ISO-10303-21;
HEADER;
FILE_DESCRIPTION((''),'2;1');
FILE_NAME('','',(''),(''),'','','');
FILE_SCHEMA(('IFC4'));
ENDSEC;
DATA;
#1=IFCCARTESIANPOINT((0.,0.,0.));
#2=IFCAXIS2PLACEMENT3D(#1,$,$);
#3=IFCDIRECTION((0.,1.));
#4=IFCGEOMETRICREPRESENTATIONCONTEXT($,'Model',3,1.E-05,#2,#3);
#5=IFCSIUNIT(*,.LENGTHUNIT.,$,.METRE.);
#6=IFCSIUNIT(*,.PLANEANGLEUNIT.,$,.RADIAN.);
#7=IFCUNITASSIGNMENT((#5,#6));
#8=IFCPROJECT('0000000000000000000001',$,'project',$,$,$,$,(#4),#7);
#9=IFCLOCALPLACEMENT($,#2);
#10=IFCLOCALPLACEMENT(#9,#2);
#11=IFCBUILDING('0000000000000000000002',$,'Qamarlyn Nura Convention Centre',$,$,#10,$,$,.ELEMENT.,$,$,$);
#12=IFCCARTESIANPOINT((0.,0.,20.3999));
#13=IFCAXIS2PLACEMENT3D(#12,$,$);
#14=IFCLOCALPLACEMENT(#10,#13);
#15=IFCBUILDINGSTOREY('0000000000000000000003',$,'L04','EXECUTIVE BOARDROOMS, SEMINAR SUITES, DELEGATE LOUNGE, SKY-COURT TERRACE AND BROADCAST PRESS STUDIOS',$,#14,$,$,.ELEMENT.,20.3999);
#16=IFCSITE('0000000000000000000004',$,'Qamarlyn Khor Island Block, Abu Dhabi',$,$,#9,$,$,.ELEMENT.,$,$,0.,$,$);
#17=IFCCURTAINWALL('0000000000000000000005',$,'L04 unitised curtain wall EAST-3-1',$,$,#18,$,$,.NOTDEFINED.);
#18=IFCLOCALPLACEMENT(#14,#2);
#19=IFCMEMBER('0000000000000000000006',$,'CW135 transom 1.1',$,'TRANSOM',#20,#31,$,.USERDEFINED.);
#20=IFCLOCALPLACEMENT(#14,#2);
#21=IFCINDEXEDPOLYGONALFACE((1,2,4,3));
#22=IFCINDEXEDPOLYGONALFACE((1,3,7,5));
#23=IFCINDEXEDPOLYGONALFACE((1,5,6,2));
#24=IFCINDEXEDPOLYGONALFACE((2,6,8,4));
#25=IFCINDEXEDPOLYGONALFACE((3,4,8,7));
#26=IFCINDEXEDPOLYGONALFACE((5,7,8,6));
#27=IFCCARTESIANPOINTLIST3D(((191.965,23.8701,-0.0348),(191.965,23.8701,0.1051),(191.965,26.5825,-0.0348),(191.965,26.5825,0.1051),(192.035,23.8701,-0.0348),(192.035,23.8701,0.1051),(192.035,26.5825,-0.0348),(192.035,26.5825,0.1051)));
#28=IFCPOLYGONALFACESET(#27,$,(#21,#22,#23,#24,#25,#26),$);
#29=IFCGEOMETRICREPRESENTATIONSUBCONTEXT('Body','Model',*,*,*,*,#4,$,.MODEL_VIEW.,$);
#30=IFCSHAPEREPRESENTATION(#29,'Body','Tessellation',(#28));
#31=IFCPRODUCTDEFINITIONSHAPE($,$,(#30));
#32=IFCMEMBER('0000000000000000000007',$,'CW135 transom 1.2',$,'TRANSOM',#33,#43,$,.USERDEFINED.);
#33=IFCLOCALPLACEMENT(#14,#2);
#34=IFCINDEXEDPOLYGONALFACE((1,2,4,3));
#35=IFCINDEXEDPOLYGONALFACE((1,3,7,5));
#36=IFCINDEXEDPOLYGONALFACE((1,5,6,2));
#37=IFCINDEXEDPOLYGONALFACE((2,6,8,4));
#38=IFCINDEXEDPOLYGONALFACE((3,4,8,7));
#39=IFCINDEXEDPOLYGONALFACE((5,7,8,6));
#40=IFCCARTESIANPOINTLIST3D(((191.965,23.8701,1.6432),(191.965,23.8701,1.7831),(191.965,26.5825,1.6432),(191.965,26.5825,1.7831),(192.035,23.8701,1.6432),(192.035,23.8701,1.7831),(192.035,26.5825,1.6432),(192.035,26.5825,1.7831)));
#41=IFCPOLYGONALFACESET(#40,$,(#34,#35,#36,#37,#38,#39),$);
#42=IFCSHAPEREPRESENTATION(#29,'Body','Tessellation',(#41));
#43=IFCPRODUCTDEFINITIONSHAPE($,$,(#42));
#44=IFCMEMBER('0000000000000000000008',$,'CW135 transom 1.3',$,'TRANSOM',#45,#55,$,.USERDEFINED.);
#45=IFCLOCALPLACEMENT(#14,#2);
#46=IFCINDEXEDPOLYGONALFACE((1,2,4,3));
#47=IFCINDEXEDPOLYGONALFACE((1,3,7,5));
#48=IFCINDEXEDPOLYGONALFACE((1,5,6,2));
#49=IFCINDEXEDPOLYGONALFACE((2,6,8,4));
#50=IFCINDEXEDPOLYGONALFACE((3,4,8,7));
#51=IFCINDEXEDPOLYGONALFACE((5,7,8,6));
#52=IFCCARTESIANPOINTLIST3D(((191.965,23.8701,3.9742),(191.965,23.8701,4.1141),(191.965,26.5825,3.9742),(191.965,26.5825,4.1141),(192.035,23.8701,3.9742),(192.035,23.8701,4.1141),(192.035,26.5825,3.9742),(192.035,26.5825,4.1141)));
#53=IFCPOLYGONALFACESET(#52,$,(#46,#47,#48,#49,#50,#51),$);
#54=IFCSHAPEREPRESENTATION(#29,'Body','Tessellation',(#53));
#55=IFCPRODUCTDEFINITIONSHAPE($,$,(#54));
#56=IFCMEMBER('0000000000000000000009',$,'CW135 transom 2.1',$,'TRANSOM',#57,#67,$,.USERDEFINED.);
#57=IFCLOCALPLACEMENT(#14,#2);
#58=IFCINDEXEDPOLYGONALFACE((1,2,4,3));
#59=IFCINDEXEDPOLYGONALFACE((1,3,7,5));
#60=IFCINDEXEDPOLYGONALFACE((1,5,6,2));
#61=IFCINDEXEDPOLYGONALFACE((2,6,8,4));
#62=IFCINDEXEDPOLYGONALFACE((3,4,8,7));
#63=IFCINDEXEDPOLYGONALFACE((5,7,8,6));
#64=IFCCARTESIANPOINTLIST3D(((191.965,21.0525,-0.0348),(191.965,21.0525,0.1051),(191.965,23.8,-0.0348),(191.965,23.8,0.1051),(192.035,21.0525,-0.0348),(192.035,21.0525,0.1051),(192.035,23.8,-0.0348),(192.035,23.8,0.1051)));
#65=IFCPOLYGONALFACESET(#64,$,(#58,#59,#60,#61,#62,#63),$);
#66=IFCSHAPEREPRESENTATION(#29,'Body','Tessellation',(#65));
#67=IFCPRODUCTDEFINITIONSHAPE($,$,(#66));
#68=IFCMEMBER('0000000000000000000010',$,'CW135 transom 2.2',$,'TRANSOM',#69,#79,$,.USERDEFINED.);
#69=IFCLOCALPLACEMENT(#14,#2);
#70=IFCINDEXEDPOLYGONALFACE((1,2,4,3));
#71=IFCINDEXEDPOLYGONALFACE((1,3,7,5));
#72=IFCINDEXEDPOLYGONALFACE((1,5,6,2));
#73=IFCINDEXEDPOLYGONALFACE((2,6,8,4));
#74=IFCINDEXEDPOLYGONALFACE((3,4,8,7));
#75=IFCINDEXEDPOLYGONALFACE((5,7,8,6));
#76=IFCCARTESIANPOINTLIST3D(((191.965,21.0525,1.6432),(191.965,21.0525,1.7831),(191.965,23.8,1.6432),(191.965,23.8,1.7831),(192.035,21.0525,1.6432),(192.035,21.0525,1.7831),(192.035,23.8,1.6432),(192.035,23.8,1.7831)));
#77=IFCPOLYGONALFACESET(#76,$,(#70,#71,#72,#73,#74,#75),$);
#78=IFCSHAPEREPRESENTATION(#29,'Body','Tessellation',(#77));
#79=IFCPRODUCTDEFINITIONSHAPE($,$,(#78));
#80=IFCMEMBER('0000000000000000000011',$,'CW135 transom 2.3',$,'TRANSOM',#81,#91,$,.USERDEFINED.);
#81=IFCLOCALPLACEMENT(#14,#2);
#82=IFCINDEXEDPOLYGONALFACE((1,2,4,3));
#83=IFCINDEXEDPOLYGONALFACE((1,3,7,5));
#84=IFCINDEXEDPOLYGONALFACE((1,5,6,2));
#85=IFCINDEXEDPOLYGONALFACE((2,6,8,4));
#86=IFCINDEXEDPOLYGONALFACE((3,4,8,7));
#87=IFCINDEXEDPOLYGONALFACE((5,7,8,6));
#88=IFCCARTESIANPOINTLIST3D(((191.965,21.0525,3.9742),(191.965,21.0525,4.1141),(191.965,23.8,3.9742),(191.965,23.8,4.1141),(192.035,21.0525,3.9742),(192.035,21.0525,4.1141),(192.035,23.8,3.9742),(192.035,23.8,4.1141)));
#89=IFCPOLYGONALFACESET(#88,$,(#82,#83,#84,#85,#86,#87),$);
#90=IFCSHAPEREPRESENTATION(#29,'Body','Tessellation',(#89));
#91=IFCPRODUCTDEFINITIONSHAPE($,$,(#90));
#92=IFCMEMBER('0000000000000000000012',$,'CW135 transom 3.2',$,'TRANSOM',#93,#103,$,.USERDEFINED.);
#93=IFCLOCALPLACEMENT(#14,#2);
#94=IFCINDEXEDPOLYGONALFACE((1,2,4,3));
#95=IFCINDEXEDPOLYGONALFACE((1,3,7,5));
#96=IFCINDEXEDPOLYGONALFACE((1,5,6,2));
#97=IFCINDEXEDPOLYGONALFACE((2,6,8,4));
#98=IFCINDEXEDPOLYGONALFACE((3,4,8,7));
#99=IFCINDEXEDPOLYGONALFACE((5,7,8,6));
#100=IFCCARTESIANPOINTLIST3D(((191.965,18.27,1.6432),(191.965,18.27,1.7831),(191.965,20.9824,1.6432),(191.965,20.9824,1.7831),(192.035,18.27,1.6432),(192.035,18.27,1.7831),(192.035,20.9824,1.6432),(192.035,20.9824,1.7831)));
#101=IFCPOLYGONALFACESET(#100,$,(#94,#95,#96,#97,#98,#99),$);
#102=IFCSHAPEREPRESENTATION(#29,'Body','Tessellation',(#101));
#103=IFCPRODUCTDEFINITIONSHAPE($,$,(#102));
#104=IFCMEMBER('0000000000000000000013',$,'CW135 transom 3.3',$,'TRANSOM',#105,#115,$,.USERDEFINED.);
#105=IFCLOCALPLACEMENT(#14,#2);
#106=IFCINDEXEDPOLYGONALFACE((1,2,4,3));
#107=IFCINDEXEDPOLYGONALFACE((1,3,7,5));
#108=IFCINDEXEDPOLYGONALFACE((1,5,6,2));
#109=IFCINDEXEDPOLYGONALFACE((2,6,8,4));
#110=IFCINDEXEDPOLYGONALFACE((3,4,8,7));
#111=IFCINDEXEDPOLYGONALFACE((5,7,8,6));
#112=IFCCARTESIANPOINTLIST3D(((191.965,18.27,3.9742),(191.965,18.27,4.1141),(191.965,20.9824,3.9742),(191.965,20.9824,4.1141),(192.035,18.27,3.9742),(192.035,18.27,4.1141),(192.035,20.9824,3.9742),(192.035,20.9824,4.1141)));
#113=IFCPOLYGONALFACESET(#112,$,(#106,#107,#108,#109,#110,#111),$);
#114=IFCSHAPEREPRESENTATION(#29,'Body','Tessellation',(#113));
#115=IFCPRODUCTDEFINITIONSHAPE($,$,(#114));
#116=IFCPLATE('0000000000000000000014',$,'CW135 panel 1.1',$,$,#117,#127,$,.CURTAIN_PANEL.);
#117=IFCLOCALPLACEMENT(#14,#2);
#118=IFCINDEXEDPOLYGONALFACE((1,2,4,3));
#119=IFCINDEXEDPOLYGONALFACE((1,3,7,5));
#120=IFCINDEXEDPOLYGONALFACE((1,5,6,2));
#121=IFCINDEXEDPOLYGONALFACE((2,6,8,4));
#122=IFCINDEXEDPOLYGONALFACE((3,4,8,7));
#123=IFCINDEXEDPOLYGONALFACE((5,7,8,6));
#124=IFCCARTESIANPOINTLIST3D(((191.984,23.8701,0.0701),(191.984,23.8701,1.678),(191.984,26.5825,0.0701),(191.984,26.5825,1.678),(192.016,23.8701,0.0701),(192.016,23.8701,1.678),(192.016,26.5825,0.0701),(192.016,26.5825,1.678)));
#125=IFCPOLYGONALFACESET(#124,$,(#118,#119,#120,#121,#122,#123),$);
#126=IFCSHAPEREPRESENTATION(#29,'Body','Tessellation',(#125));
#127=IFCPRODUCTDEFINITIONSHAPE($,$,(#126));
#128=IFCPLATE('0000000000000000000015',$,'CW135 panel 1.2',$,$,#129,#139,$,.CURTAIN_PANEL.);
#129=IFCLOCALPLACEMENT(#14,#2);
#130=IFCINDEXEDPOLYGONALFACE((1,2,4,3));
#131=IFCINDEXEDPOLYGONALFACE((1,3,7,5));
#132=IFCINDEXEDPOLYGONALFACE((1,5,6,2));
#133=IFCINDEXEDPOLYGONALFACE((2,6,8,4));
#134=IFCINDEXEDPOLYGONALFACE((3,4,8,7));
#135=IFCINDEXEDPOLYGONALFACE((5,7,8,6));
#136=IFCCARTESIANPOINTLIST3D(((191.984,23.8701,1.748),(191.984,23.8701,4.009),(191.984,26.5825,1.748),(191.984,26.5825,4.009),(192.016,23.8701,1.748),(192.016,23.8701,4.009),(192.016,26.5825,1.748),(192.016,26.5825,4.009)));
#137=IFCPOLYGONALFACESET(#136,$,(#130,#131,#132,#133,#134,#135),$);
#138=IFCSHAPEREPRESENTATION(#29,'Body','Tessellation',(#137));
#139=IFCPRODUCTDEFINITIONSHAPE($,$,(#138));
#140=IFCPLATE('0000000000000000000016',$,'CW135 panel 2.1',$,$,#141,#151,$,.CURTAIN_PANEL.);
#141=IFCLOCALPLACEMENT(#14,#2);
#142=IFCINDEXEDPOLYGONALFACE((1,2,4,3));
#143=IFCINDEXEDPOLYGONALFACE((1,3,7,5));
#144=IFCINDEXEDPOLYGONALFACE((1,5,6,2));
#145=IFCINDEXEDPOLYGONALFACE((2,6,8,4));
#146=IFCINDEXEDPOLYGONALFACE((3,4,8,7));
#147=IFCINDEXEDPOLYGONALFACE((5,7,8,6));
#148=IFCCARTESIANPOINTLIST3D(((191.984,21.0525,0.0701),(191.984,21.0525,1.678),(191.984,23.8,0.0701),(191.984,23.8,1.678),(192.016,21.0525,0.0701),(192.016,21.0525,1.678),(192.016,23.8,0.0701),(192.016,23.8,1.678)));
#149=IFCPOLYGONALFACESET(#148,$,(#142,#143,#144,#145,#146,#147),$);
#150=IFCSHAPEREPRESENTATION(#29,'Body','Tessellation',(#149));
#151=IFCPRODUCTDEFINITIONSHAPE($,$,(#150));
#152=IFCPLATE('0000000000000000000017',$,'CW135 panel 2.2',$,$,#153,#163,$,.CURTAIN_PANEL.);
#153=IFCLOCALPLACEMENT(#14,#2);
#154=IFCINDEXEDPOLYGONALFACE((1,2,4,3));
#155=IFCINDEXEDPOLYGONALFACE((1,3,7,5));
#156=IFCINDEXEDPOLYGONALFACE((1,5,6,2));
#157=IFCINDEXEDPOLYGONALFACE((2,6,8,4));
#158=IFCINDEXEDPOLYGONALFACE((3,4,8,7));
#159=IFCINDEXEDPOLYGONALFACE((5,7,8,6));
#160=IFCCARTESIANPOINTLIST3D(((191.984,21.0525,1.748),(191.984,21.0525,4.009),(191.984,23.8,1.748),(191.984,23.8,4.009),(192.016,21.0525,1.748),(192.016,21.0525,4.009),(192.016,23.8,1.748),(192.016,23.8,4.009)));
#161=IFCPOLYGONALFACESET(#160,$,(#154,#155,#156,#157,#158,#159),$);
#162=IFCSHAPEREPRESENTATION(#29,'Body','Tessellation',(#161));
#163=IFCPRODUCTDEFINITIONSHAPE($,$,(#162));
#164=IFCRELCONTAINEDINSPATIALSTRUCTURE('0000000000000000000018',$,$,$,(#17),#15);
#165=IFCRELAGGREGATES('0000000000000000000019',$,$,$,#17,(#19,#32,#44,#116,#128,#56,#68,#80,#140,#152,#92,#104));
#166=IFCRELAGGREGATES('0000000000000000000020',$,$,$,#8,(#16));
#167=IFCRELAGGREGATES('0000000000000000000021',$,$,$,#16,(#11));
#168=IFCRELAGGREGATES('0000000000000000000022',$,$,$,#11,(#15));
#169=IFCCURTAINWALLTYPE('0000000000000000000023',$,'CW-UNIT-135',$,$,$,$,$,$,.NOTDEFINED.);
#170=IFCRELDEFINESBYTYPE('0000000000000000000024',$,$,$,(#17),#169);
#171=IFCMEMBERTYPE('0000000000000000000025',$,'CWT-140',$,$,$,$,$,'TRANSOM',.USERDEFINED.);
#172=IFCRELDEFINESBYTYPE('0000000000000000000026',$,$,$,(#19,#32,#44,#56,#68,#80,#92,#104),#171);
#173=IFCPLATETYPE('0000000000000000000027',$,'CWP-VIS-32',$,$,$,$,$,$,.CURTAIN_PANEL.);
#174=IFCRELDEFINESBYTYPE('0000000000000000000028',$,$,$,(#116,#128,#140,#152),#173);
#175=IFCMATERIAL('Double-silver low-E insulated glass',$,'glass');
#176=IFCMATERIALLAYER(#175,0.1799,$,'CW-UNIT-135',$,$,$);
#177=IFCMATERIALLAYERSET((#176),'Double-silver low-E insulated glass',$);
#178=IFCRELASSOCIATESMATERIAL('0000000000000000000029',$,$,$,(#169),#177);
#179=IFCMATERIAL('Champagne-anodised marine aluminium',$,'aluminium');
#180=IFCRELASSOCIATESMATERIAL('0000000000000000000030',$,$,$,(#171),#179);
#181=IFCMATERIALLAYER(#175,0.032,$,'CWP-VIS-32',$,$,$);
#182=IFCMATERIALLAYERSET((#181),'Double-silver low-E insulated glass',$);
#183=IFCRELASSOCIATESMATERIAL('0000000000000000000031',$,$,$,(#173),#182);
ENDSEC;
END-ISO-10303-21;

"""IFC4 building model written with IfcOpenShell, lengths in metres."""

from ifc_helpers import new_model, si_unit, direction, frame, origin, origin_2d, place, context, subcontext, project, spatial, rectangle, extrude, material, layer, layer_set, material_profile, profile_set, type_object, element, aggregate, save


model = new_model("IFC4")

# Units and contexts
model_context = context("Model", 3, precision=1e-05, world=origin(), true_north=direction((0.0, 1.0)))
body_context = subcontext(model_context, "Body", "Model", "MODEL_VIEW")
ifc_project = project(units=[si_unit("LENGTHUNIT", "METRE"), si_unit("PLANEANGLEUNIT", "RADIAN")], contexts=[model_context])

# Site, building, storey
site_placement = place(None, origin())
site = spatial("IfcSite", under=ifc_project, at=site_placement, Name="Qamarlyn Khor Island Block, Abu Dhabi", CompositionType="ELEMENT", RefElevation=0.0)
building_placement = place(site_placement, origin())
building = spatial("IfcBuilding", under=site, at=building_placement, Name="Qamarlyn Nura Convention Centre", CompositionType="ELEMENT")
storey_placement = place(building_placement, frame((0.0, 0.0, 20.3999)))
storey = spatial("IfcBuildingStorey", under=building, at=storey_placement, Name="L04", Description="EXECUTIVE BOARDROOMS, SEMINAR SUITES, DELEGATE LOUNGE, SKY-COURT TERRACE AND BROADCAST PRESS STUDIOS", CompositionType="ELEMENT", Elevation=20.3999)

# Curtain wall, members, plates
ifc_material_1 = material(Name="Double-silver low-E insulated glass", Category="glass")
ifc_layer_1 = layer(ifc_material_1, 0.1799, Name="CW-UNIT-135")
ifc_layer_set_1 = layer_set([ifc_layer_1], Name="Double-silver low-E insulated glass")
curtain_wall_type = type_object("IfcCurtainWallType", Name="CW-UNIT-135", PredefinedType="NOTDEFINED", material=ifc_layer_set_1)
curtain_wall_placement = place(storey_placement, origin())
curtain_wall = element("IfcCurtainWall", 1, at=curtain_wall_placement, inside=storey, type_object=curtain_wall_type, Name="L04 unitised curtain wall EAST-3-1", PredefinedType="NOTDEFINED")
ifc_material_2 = material(Name="Champagne-anodised marine aluminium", Category="aluminium")
ifc_material_profile_1 = material_profile(ifc_material_2, rectangle(XDim=0.0701, YDim=0.1399, at=origin_2d()), Name="ALU TRANSOM 70x140")
ifc_profile_set_1 = profile_set([ifc_material_profile_1], Name="Champagne-anodised marine aluminium")
member_type_1 = type_object("IfcMemberType", Name="CWT-140", ElementType="TRANSOM", PredefinedType="USERDEFINED", material=ifc_profile_set_1)
member_1_placement = place(storey_placement, frame((192.0, 26.5825, 0.0352), z_axis=(0.0, -1.0, 0.0), x_axis=(1.0, 0.0, 0.0)))
member_1 = element("IfcMember", 2, at=member_1_placement, type_object=member_type_1, Name="CW135 transom 1.1", ObjectType="TRANSOM", PredefinedType="USERDEFINED", context=body_context, shape_type="SweptSolid", body=[
    extrude(rectangle(XDim=0.0701, YDim=0.1399, at=origin_2d()), origin(), (0.0, 0.0, 1.0), 2.7124),
])
member_2_placement = place(storey_placement, frame((192.0, 26.5825, 1.7131), z_axis=(0.0, -1.0, 0.0), x_axis=(1.0, 0.0, 0.0)))
member_2 = element("IfcMember", 3, at=member_2_placement, type_object=member_type_1, Name="CW135 transom 1.2", ObjectType="TRANSOM", PredefinedType="USERDEFINED", context=body_context, shape_type="SweptSolid", body=[
    extrude(rectangle(XDim=0.0701, YDim=0.1399, at=origin_2d()), origin(), (0.0, 0.0, 1.0), 2.7124),
])
member_3_placement = place(storey_placement, frame((192.0, 26.5825, 4.0442), z_axis=(0.0, -1.0, 0.0), x_axis=(1.0, 0.0, 0.0)))
member_3 = element("IfcMember", 4, at=member_3_placement, type_object=member_type_1, Name="CW135 transom 1.3", ObjectType="TRANSOM", PredefinedType="USERDEFINED", context=body_context, shape_type="SweptSolid", body=[
    extrude(rectangle(XDim=0.0701, YDim=0.1399, at=origin_2d()), origin(), (0.0, 0.0, 1.0), 2.7124),
])
member_4_placement = place(storey_placement, frame((192.0, 23.8, 0.0352), z_axis=(0.0, -1.0, 0.0), x_axis=(1.0, 0.0, 0.0)))
member_4 = element("IfcMember", 5, at=member_4_placement, type_object=member_type_1, Name="CW135 transom 2.1", ObjectType="TRANSOM", PredefinedType="USERDEFINED", context=body_context, shape_type="SweptSolid", body=[
    extrude(rectangle(XDim=0.0701, YDim=0.1399, at=origin_2d()), origin(), (0.0, 0.0, 1.0), 2.7476),
])
member_5_placement = place(storey_placement, frame((192.0, 23.8, 1.7131), z_axis=(0.0, -1.0, 0.0), x_axis=(1.0, 0.0, 0.0)))
member_5 = element("IfcMember", 6, at=member_5_placement, type_object=member_type_1, Name="CW135 transom 2.2", ObjectType="TRANSOM", PredefinedType="USERDEFINED", context=body_context, shape_type="SweptSolid", body=[
    extrude(rectangle(XDim=0.0701, YDim=0.1399, at=origin_2d()), origin(), (0.0, 0.0, 1.0), 2.7476),
])
member_6_placement = place(storey_placement, frame((192.0, 23.8, 4.0442), z_axis=(0.0, -1.0, 0.0), x_axis=(1.0, 0.0, 0.0)))
member_6 = element("IfcMember", 7, at=member_6_placement, type_object=member_type_1, Name="CW135 transom 2.3", ObjectType="TRANSOM", PredefinedType="USERDEFINED", context=body_context, shape_type="SweptSolid", body=[
    extrude(rectangle(XDim=0.0701, YDim=0.1399, at=origin_2d()), origin(), (0.0, 0.0, 1.0), 2.7476),
])
member_7_placement = place(storey_placement, frame((192.0, 20.9824, 1.7131), z_axis=(0.0, -1.0, 0.0), x_axis=(1.0, 0.0, 0.0)))
member_7 = element("IfcMember", 8, at=member_7_placement, type_object=member_type_1, Name="CW135 transom 3.2", ObjectType="TRANSOM", PredefinedType="USERDEFINED", context=body_context, shape_type="SweptSolid", body=[
    extrude(rectangle(XDim=0.0701, YDim=0.1399, at=origin_2d()), origin(), (0.0, 0.0, 1.0), 2.7124),
])
member_8_placement = place(storey_placement, frame((192.0, 20.9824, 4.0442), z_axis=(0.0, -1.0, 0.0), x_axis=(1.0, 0.0, 0.0)))
member_8 = element("IfcMember", 9, at=member_8_placement, type_object=member_type_1, Name="CW135 transom 3.3", ObjectType="TRANSOM", PredefinedType="USERDEFINED", context=body_context, shape_type="SweptSolid", body=[
    extrude(rectangle(XDim=0.0701, YDim=0.1399, at=origin_2d()), origin(), (0.0, 0.0, 1.0), 2.7124),
])
ifc_layer_2 = layer(ifc_material_1, 0.032, Name="CWP-VIS-32")
ifc_layer_set_2 = layer_set([ifc_layer_2], Name="Double-silver low-E insulated glass")
plate_type = type_object("IfcPlateType", Name="CWP-VIS-32", PredefinedType="CURTAIN_PANEL", material=ifc_layer_set_2)
plate_1_placement = place(storey_placement, frame((192.0, 25.2263, 0.0701), z_axis=(0.0, 0.0, 1.0), x_axis=(0.0, -1.0, 0.0)))
plate_1 = element("IfcPlate", 10, at=plate_1_placement, type_object=plate_type, Name="CW135 panel 1.1", PredefinedType="CURTAIN_PANEL", context=body_context, shape_type="SweptSolid", body=[
    extrude(rectangle(XDim=2.7124, YDim=0.032, at=origin_2d()), origin(), (0.0, 0.0, 1.0), 1.6079),
])
plate_2_placement = place(storey_placement, frame((192.0, 25.2263, 1.748), z_axis=(0.0, 0.0, 1.0), x_axis=(0.0, -1.0, 0.0)))
plate_2 = element("IfcPlate", 11, at=plate_2_placement, type_object=plate_type, Name="CW135 panel 1.2", PredefinedType="CURTAIN_PANEL", context=body_context, shape_type="SweptSolid", body=[
    extrude(rectangle(XDim=2.7124, YDim=0.032, at=origin_2d()), origin(), (0.0, 0.0, 1.0), 2.261),
])
plate_3_placement = place(storey_placement, frame((192.0, 22.4263, 0.0701), z_axis=(0.0, 0.0, 1.0), x_axis=(0.0, -1.0, 0.0)))
plate_3 = element("IfcPlate", 12, at=plate_3_placement, type_object=plate_type, Name="CW135 panel 2.1", PredefinedType="CURTAIN_PANEL", context=body_context, shape_type="SweptSolid", body=[
    extrude(rectangle(XDim=2.7476, YDim=0.032, at=origin_2d()), origin(), (0.0, 0.0, 1.0), 1.6079),
])
plate_4_placement = place(storey_placement, frame((192.0, 22.4263, 1.748), z_axis=(0.0, 0.0, 1.0), x_axis=(0.0, -1.0, 0.0)))
plate_4 = element("IfcPlate", 13, at=plate_4_placement, type_object=plate_type, Name="CW135 panel 2.2", PredefinedType="CURTAIN_PANEL", context=body_context, shape_type="SweptSolid", body=[
    extrude(rectangle(XDim=2.7476, YDim=0.032, at=origin_2d()), origin(), (0.0, 0.0, 1.0), 2.261),
])
aggregate(curtain_wall, [member_1, member_2, member_3, plate_1, plate_2, member_4, member_5, member_6, plate_3, plate_4, member_7, member_8])

save(model, "model.ifc")
